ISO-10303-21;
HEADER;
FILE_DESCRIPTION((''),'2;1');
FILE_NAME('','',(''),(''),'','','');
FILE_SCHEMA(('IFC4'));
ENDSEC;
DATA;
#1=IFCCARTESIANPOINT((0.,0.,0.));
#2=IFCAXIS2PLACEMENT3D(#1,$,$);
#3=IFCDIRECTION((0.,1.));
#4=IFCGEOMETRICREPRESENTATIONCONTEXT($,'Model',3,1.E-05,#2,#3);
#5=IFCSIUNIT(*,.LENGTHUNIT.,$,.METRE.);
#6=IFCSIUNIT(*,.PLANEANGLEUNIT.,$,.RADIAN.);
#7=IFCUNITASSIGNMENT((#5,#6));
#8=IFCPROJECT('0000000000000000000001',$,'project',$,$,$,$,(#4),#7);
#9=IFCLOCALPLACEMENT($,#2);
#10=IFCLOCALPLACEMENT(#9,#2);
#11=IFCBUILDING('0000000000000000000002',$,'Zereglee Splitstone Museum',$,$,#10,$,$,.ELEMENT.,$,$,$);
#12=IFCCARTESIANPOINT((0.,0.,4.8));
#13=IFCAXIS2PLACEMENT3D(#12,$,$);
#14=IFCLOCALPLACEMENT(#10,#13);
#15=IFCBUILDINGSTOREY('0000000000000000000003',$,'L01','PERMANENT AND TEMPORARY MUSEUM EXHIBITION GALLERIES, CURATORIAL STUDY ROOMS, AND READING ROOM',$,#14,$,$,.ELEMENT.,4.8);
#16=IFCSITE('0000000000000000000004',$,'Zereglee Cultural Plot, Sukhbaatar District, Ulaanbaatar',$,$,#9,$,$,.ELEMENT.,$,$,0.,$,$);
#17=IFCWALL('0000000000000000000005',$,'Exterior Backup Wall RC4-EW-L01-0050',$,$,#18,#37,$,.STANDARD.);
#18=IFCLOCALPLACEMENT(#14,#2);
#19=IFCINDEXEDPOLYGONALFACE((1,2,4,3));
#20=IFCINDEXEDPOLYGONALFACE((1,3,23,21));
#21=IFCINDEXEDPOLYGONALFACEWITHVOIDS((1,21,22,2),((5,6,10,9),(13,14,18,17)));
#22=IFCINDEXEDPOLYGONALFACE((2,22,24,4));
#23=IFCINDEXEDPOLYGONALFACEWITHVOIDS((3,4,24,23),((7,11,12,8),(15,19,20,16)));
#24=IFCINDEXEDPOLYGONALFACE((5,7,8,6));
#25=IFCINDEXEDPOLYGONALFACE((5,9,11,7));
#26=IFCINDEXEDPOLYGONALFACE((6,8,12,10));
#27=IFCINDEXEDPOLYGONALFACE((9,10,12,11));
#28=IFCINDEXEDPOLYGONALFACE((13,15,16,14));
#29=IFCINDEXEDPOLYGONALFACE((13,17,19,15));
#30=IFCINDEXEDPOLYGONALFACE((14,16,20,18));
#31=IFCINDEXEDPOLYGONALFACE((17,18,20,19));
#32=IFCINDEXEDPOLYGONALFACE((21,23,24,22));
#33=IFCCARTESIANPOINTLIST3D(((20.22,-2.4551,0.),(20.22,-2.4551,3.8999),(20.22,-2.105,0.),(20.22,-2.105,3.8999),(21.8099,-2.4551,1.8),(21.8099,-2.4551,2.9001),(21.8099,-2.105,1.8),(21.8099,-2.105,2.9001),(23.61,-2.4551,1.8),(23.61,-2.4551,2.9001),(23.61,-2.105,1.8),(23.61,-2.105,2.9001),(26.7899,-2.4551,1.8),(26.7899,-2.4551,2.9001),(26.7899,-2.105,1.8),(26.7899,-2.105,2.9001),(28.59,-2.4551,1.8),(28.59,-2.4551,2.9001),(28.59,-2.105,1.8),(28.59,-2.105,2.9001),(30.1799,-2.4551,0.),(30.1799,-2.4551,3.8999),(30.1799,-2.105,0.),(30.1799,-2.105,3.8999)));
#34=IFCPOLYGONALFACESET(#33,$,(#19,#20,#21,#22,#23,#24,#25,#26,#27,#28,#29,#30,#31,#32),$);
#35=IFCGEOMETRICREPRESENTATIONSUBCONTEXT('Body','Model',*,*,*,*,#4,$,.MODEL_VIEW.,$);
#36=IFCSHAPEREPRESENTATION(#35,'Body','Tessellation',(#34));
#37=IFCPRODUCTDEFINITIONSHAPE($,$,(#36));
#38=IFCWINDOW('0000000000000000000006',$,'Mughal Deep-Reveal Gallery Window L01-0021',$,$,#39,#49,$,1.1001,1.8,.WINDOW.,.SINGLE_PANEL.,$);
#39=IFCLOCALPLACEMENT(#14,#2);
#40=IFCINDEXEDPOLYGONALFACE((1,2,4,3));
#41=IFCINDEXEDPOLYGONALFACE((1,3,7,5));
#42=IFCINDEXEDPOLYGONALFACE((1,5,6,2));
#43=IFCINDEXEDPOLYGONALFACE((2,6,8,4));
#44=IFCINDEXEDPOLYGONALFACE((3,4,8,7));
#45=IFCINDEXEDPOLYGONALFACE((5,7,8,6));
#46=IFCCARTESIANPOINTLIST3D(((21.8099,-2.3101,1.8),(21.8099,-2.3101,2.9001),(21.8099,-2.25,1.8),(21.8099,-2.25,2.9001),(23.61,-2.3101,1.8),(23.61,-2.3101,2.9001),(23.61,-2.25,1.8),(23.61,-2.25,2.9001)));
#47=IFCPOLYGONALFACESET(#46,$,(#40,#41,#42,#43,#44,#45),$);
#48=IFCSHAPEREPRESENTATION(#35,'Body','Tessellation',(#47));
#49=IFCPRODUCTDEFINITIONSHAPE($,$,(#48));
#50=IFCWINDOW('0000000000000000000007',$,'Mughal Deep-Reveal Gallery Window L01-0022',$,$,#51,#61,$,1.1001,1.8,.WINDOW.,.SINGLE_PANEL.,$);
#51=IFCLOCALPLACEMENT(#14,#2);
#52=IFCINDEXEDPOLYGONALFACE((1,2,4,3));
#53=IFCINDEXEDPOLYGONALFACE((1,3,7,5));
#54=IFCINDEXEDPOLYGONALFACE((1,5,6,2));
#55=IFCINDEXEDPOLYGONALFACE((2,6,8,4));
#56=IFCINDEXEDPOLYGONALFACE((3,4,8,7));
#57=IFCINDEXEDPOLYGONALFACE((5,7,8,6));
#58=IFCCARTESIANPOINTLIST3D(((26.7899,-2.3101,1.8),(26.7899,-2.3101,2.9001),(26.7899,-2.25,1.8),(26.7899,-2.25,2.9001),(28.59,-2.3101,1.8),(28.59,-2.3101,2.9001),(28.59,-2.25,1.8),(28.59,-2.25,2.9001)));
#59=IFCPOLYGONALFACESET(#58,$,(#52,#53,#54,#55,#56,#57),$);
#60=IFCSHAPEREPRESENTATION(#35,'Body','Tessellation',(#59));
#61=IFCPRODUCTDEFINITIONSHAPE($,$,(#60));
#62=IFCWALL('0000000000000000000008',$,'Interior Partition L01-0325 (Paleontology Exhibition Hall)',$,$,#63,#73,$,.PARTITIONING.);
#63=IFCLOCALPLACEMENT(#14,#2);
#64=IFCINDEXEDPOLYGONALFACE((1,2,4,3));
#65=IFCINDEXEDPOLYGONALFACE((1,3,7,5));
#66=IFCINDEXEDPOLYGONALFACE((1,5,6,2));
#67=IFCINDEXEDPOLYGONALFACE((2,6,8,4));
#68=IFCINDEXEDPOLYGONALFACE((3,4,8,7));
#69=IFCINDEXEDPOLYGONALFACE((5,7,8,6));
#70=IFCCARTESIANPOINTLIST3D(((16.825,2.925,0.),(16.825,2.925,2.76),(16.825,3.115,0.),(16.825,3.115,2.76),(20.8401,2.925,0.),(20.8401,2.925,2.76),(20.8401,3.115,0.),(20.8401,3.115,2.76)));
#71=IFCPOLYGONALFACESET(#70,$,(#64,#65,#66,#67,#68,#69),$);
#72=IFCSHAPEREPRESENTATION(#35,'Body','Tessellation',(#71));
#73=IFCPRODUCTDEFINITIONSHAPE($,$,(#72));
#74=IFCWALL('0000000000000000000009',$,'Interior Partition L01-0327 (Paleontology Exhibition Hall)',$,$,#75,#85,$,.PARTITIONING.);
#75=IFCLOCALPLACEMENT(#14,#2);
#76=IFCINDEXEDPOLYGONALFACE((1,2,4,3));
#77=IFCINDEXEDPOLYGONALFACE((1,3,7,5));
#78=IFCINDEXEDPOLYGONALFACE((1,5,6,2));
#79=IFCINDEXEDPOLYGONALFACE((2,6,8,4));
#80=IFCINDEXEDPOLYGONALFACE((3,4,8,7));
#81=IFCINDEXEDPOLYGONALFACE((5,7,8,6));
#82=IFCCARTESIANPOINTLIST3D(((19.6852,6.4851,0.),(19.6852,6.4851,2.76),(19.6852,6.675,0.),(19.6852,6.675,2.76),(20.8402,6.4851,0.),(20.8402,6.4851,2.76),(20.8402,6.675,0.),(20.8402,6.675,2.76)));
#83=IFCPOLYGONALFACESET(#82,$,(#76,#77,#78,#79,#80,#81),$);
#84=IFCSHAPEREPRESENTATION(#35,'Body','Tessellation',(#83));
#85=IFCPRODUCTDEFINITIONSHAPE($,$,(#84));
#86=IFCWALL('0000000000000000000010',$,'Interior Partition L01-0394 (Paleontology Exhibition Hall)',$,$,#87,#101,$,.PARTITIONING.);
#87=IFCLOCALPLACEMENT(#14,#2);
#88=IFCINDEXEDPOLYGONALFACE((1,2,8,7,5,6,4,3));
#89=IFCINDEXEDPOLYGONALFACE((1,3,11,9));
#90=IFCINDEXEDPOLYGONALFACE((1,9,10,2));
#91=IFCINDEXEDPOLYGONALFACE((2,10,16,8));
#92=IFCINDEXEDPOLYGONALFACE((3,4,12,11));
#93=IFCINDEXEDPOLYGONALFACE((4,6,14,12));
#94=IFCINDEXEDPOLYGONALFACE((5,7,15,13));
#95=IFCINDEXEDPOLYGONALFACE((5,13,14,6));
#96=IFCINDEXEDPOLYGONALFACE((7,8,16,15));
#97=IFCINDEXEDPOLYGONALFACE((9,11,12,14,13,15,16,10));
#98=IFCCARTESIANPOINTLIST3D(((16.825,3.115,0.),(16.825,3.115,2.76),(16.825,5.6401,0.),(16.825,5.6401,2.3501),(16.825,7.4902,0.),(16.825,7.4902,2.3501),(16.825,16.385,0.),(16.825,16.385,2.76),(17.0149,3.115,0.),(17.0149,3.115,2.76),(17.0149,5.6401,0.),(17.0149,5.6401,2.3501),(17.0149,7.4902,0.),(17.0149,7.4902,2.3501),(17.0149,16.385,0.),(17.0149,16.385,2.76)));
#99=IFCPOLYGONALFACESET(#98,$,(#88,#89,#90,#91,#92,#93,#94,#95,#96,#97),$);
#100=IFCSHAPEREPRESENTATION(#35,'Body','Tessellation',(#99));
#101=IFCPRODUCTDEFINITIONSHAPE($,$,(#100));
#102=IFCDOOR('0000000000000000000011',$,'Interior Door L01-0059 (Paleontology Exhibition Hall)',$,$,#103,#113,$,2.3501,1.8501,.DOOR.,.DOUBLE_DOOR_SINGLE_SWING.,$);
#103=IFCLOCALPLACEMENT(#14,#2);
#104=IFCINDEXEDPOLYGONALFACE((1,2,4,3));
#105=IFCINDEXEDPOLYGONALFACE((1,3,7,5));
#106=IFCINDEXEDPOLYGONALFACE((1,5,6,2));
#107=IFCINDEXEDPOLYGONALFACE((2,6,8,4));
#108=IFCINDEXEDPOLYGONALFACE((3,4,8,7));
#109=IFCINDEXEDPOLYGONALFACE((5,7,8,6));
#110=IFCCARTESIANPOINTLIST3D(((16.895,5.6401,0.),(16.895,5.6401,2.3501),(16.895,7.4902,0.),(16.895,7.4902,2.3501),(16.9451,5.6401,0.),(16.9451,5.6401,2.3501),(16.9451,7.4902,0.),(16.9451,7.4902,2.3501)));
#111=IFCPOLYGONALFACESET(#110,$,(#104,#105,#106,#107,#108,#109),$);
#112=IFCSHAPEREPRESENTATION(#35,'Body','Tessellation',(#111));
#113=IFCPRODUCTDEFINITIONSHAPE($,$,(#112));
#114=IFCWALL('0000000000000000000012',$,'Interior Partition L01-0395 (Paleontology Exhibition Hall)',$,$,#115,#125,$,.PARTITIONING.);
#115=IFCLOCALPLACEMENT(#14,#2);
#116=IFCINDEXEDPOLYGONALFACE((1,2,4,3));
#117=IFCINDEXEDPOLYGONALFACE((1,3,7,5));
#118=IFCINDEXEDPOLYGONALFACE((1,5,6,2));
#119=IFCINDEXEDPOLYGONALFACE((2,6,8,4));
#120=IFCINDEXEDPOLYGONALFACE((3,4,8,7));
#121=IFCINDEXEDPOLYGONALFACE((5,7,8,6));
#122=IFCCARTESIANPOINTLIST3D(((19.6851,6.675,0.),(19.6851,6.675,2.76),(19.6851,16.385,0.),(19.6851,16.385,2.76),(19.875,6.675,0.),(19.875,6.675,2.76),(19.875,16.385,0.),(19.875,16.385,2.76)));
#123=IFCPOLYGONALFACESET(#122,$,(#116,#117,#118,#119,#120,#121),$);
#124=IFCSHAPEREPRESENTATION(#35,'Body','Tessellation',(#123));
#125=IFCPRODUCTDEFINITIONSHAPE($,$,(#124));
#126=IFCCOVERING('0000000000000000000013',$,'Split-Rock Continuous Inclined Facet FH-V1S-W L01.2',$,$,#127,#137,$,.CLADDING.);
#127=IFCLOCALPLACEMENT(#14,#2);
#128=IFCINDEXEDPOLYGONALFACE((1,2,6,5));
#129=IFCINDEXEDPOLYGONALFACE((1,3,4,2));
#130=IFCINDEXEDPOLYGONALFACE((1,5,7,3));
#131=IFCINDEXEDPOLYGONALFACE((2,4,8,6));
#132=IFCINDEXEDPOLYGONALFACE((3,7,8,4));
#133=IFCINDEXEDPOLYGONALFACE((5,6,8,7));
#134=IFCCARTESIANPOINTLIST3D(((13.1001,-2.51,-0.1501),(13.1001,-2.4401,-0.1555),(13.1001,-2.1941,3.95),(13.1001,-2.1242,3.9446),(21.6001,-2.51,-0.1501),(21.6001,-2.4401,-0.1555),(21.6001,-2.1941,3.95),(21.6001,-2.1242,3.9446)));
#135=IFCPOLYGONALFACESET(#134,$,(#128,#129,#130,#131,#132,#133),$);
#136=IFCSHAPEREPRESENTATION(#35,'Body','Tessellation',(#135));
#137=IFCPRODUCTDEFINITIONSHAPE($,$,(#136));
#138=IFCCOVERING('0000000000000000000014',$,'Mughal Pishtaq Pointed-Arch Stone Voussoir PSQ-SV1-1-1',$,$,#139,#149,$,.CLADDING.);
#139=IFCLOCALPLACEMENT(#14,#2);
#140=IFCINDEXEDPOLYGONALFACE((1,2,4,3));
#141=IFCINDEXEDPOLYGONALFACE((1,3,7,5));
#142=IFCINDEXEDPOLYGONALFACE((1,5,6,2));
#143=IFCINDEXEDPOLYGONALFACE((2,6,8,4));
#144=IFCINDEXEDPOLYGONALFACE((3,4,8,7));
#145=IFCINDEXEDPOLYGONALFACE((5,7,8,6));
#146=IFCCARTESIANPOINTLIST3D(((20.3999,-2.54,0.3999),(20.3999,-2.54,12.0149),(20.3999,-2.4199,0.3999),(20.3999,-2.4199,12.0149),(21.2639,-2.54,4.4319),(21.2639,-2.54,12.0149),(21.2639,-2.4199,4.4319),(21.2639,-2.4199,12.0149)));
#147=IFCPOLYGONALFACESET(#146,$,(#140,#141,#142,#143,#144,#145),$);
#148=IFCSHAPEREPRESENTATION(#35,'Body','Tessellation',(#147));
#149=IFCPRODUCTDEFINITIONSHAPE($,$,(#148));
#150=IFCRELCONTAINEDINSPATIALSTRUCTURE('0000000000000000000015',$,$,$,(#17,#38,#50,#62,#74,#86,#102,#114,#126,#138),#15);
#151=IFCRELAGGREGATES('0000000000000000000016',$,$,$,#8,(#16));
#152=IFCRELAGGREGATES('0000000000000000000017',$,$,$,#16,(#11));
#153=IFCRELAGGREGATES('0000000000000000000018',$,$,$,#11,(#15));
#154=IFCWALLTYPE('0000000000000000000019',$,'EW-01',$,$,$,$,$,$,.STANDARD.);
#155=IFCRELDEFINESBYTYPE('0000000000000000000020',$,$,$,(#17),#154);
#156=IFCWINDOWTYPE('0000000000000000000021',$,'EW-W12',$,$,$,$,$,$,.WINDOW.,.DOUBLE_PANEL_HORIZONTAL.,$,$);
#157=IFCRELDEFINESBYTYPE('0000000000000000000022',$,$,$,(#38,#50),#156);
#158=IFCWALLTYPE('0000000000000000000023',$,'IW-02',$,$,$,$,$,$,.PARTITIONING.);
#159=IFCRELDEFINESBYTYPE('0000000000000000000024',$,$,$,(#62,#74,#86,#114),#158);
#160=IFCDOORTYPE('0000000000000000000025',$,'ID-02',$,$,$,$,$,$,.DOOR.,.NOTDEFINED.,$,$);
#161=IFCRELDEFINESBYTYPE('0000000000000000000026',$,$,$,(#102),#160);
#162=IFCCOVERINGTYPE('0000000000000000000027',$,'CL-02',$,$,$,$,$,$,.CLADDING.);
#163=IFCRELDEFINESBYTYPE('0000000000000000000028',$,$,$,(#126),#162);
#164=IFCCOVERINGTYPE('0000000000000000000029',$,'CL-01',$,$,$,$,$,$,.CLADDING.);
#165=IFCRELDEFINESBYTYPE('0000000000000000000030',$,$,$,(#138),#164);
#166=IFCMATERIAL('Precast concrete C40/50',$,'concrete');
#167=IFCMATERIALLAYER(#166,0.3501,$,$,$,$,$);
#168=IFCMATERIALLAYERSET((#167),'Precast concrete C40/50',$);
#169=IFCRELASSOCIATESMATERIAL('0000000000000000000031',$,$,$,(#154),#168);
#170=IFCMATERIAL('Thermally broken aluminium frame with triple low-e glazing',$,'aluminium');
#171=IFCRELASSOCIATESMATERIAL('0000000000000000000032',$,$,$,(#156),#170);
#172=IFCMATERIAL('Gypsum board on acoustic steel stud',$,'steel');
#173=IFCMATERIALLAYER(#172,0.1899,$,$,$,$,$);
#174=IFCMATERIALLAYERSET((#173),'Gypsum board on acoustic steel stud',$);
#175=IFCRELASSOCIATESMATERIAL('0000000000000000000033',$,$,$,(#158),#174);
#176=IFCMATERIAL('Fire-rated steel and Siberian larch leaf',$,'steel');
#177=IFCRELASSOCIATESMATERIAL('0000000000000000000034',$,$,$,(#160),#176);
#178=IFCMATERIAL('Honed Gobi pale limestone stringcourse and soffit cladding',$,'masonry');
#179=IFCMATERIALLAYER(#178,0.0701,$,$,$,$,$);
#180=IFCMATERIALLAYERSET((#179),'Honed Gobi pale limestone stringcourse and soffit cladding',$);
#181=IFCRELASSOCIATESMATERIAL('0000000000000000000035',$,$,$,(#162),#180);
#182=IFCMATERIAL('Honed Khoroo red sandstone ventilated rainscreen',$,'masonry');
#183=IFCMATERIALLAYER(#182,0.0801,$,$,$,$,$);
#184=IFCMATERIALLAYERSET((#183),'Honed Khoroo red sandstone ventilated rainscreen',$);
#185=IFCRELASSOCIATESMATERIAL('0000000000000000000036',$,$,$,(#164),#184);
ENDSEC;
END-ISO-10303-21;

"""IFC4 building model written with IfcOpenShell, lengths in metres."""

from ifc_helpers import new_model, si_unit, direction, frame, frame_2d, origin, place, context, subcontext, project, spatial, polyline, rectangle, outline, extrude, material, layer, layer_set, type_object, element, fill, save


model = new_model("IFC4")

# Units and contexts
model_context = context("Model", 3, precision=1e-05, world=origin(), true_north=direction((0.0, 1.0)))
body_context = subcontext(model_context, "Body", "Model", "MODEL_VIEW")
ifc_project = project(units=[si_unit("LENGTHUNIT", "METRE"), si_unit("PLANEANGLEUNIT", "RADIAN")], contexts=[model_context])

# Site, building, storey
site_placement = place(None, origin())
site = spatial("IfcSite", under=ifc_project, at=site_placement, Name="Zereglee Cultural Plot, Sukhbaatar District, Ulaanbaatar", CompositionType="ELEMENT", RefElevation=0.0)
building_placement = place(site_placement, origin())
building = spatial("IfcBuilding", under=site, at=building_placement, Name="Zereglee Splitstone Museum", CompositionType="ELEMENT")
storey_placement = place(building_placement, frame((0.0, 0.0, 4.8)))
storey = spatial("IfcBuildingStorey", under=building, at=storey_placement, Name="L01", Description="PERMANENT AND TEMPORARY MUSEUM EXHIBITION GALLERIES, CURATORIAL STUDY ROOMS, AND READING ROOM", CompositionType="ELEMENT", Elevation=4.8)

# Shared definitions
ifc_material_1 = material(Name="Precast concrete C40/50", Category="concrete")
ifc_layer_1 = layer(ifc_material_1, 0.3501)
ifc_layer_set_1 = layer_set([ifc_layer_1], Name="Precast concrete C40/50")
wall_type_1 = type_object("IfcWallType", Name="EW-01", PredefinedType="STANDARD", material=ifc_layer_set_1)

# Wall, openings, windows
wall_1_placement = place(storey_placement, frame((20.22, -2.28, 0.0), z_axis=(0.0, 0.0, 1.0), x_axis=(1.0, 0.0, 0.0)))
wall_1 = element("IfcWall", 1, at=wall_1_placement, inside=storey, type_object=wall_type_1, Name="Exterior Backup Wall RC4-EW-L01-0050", PredefinedType="STANDARD", context=body_context, shape_type="SweptSolid", body=[
    extrude(rectangle(XDim=9.96, YDim=0.3501, at=frame_2d((4.98, 0.0))), origin(), (0.0, 0.0, 1.0), 3.8999),
])
opening_1_placement = place(wall_1_placement, frame((1.5901, 0.0, 1.8)))
opening_1 = element("IfcOpeningElement", 2, at=opening_1_placement, cuts=wall_1, PredefinedType="OPENING", context=body_context, shape_type="SweptSolid", body=[
    extrude(rectangle(XDim=1.8, YDim=1.1001, at=frame_2d((0.8999, 0.55))), frame((0.0, 0.1899, 0.0), z_axis=(0.0, -1.0, 0.0), x_axis=(1.0, 0.0, 0.0)), (0.0, 0.0, 1.0), 0.3799),
])
opening_2_placement = place(wall_1_placement, frame((6.5701, 0.0, 1.8)))
opening_2 = element("IfcOpeningElement", 3, at=opening_2_placement, cuts=wall_1, PredefinedType="OPENING", context=body_context, shape_type="SweptSolid", body=[
    extrude(rectangle(XDim=1.8, YDim=1.1001, at=frame_2d((0.8999, 0.55))), frame((0.0, 0.1899, 0.0), z_axis=(0.0, -1.0, 0.0), x_axis=(1.0, 0.0, 0.0)), (0.0, 0.0, 1.0), 0.3799),
])
ifc_material_2 = material(Name="Thermally broken aluminium frame with triple low-e glazing", Category="aluminium")
window_type = type_object("IfcWindowType", Name="EW-W12", PartitioningType="DOUBLE_PANEL_HORIZONTAL", PredefinedType="WINDOW", material=ifc_material_2)
window_1_placement = place(opening_1_placement, origin())
window_1 = element("IfcWindow", 4, at=window_1_placement, inside=storey, type_object=window_type, Name="Mughal Deep-Reveal Gallery Window L01-0021", OverallHeight=1.1001, OverallWidth=1.8, PartitioningType="SINGLE_PANEL", PredefinedType="WINDOW", context=body_context, shape_type="SweptSolid", body=[
    extrude(rectangle(XDim=1.8, YDim=1.1001, at=frame_2d((0.8999, 0.55))), frame((0.0, 0.03, 0.0), z_axis=(0.0, -1.0, 0.0), x_axis=(1.0, 0.0, 0.0)), (0.0, 0.0, 1.0), 0.0601),
])
fill(opening_1, window_1)
window_2_placement = place(opening_2_placement, origin())
window_2 = element("IfcWindow", 5, at=window_2_placement, inside=storey, type_object=window_type, Name="Mughal Deep-Reveal Gallery Window L01-0022", OverallHeight=1.1001, OverallWidth=1.8, PartitioningType="SINGLE_PANEL", PredefinedType="WINDOW", context=body_context, shape_type="SweptSolid", body=[
    extrude(rectangle(XDim=1.8, YDim=1.1001, at=frame_2d((0.8999, 0.55))), frame((0.0, 0.03, 0.0), z_axis=(0.0, -1.0, 0.0), x_axis=(1.0, 0.0, 0.0)), (0.0, 0.0, 1.0), 0.0601),
])
fill(opening_2, window_2)

# Walls
ifc_material_3 = material(Name="Gypsum board on acoustic steel stud", Category="steel")
ifc_layer_2 = layer(ifc_material_3, 0.1899)
ifc_layer_set_2 = layer_set([ifc_layer_2], Name="Gypsum board on acoustic steel stud")
wall_type_2 = type_object("IfcWallType", Name="IW-02", PredefinedType="PARTITIONING", material=ifc_layer_set_2)
wall_2_placement = place(storey_placement, frame((16.825, 3.02, 0.0), z_axis=(0.0, 0.0, 1.0), x_axis=(1.0, 0.0, 0.0)))
element("IfcWall", 6, at=wall_2_placement, inside=storey, type_object=wall_type_2, Name="Interior Partition L01-0325 (Paleontology Exhibition Hall)", PredefinedType="PARTITIONING", context=body_context, shape_type="SweptSolid", body=[
    extrude(rectangle(XDim=4.0151, YDim=0.1899, at=frame_2d((2.0076, 0.0))), origin(), (0.0, 0.0, 1.0), 2.76),
])
wall_3_placement = place(storey_placement, frame((19.6851, 6.5801, 0.0), z_axis=(0.0, 0.0, 1.0), x_axis=(1.0, 0.0, 0.0)))
element("IfcWall", 7, at=wall_3_placement, inside=storey, type_object=wall_type_2, Name="Interior Partition L01-0327 (Paleontology Exhibition Hall)", PredefinedType="PARTITIONING", context=body_context, shape_type="SweptSolid", body=[
    extrude(rectangle(XDim=1.155, YDim=0.1899, at=frame_2d((0.5776, 0.0))), origin(), (0.0, 0.0, 1.0), 2.76),
])

# Wall, opening, door
wall_4_placement = place(storey_placement, frame((16.9199, 3.115, 0.0), z_axis=(0.0, 0.0, 1.0), x_axis=(0.0, 1.0, 0.0)))
wall_4 = element("IfcWall", 8, at=wall_4_placement, inside=storey, type_object=wall_type_2, Name="Interior Partition L01-0394 (Paleontology Exhibition Hall)", PredefinedType="PARTITIONING", context=body_context, shape_type="SweptSolid", body=[
    extrude(rectangle(XDim=13.27, YDim=0.1899, at=frame_2d((6.635, 0.0))), origin(), (0.0, 0.0, 1.0), 2.76),
])
opening_3_placement = place(wall_4_placement, frame((2.5251, 0.0, 0.0)))
opening_3 = element("IfcOpeningElement", 9, at=opening_3_placement, cuts=wall_4, PredefinedType="OPENING", context=body_context, shape_type="SweptSolid", body=[
    extrude(rectangle(XDim=1.8501, YDim=2.3501, at=frame_2d((0.925, 1.175))), frame((0.0, 0.1099, 0.0), z_axis=(0.0, -1.0, 0.0), x_axis=(1.0, 0.0, 0.0)), (0.0, 0.0, 1.0), 0.2197),
])
ifc_material_4 = material(Name="Fire-rated steel and Siberian larch leaf", Category="steel")
door_type = type_object("IfcDoorType", Name="ID-02", OperationType="NOTDEFINED", PredefinedType="DOOR", material=ifc_material_4)
door_placement = place(opening_3_placement, origin())
door = element("IfcDoor", 10, at=door_placement, inside=storey, type_object=door_type, Name="Interior Door L01-0059 (Paleontology Exhibition Hall)", OperationType="DOUBLE_DOOR_SINGLE_SWING", OverallHeight=2.3501, OverallWidth=1.8501, PredefinedType="DOOR", context=body_context, shape_type="SweptSolid", body=[
    extrude(rectangle(XDim=1.8501, YDim=2.3501, at=frame_2d((0.925, 1.175))), frame((0.0, 0.0249, 0.0), z_axis=(0.0, -1.0, 0.0), x_axis=(1.0, 0.0, 0.0)), (0.0, 0.0, 1.0), 0.05),
])
fill(opening_3, door)

# Wall
wall_5_placement = place(storey_placement, frame((19.78, 6.675, 0.0), z_axis=(0.0, 0.0, 1.0), x_axis=(0.0, 1.0, 0.0)))
element("IfcWall", 11, at=wall_5_placement, inside=storey, type_object=wall_type_2, Name="Interior Partition L01-0395 (Paleontology Exhibition Hall)", PredefinedType="PARTITIONING", context=body_context, shape_type="SweptSolid", body=[
    extrude(rectangle(XDim=9.71, YDim=0.1899, at=frame_2d((4.855, 0.0))), origin(), (0.0, 0.0, 1.0), 2.76),
])

# Coverings
ifc_material_5 = material(Name="Honed Gobi pale limestone stringcourse and soffit cladding", Category="masonry")
ifc_layer_3 = layer(ifc_material_5, 0.0701)
ifc_layer_set_3 = layer_set([ifc_layer_3], Name="Honed Gobi pale limestone stringcourse and soffit cladding")
covering_type_1 = type_object("IfcCoveringType", Name="CL-02", PredefinedType="CLADDING", material=ifc_layer_set_3)
covering_1_placement = place(storey_placement, frame((13.1001, -2.51, -0.1501), z_axis=(0.0, -0.997045, 0.076824), x_axis=(1.0, 0.0, 0.0)))
element("IfcCovering", 12, at=covering_1_placement, inside=storey, type_object=covering_type_1, Name="Split-Rock Continuous Inclined Facet FH-V1S-W L01.2", PredefinedType="CLADDING", context=body_context, shape_type="SweptSolid", body=[
    extrude(outline(polyline([(0.0, 0.0), (8.5, 0.0), (8.5, 4.1123), (0.0, 4.1123), (0.0, 0.0)])), origin(), (0.0, 0.0, -1.0), 0.0701),
])
ifc_material_6 = material(Name="Honed Khoroo red sandstone ventilated rainscreen", Category="masonry")
ifc_layer_4 = layer(ifc_material_6, 0.0801)
ifc_layer_set_4 = layer_set([ifc_layer_4], Name="Honed Khoroo red sandstone ventilated rainscreen")
covering_type_2 = type_object("IfcCoveringType", Name="CL-01", PredefinedType="CLADDING", material=ifc_layer_set_4)
covering_2_placement = place(storey_placement, frame((20.3999, -2.54, 0.3999), z_axis=(0.0, -1.0, 0.0), x_axis=(0.209533, 0.0, 0.977802)))
element("IfcCovering", 13, at=covering_2_placement, inside=storey, type_object=covering_type_2, Name="Mughal Pishtaq Pointed-Arch Stone Voussoir PSQ-SV1-1-1", PredefinedType="CLADDING", context=body_context, shape_type="SweptSolid", body=[
    extrude(outline(polyline([(0.0, 0.0), (4.1235, 0.0), (11.5382, 1.5889), (11.3572, 2.4337), (0.0, 0.0)])), origin(), (0.0, 0.0, -1.0), 0.1201),
])

save(model, "model.ifc")
